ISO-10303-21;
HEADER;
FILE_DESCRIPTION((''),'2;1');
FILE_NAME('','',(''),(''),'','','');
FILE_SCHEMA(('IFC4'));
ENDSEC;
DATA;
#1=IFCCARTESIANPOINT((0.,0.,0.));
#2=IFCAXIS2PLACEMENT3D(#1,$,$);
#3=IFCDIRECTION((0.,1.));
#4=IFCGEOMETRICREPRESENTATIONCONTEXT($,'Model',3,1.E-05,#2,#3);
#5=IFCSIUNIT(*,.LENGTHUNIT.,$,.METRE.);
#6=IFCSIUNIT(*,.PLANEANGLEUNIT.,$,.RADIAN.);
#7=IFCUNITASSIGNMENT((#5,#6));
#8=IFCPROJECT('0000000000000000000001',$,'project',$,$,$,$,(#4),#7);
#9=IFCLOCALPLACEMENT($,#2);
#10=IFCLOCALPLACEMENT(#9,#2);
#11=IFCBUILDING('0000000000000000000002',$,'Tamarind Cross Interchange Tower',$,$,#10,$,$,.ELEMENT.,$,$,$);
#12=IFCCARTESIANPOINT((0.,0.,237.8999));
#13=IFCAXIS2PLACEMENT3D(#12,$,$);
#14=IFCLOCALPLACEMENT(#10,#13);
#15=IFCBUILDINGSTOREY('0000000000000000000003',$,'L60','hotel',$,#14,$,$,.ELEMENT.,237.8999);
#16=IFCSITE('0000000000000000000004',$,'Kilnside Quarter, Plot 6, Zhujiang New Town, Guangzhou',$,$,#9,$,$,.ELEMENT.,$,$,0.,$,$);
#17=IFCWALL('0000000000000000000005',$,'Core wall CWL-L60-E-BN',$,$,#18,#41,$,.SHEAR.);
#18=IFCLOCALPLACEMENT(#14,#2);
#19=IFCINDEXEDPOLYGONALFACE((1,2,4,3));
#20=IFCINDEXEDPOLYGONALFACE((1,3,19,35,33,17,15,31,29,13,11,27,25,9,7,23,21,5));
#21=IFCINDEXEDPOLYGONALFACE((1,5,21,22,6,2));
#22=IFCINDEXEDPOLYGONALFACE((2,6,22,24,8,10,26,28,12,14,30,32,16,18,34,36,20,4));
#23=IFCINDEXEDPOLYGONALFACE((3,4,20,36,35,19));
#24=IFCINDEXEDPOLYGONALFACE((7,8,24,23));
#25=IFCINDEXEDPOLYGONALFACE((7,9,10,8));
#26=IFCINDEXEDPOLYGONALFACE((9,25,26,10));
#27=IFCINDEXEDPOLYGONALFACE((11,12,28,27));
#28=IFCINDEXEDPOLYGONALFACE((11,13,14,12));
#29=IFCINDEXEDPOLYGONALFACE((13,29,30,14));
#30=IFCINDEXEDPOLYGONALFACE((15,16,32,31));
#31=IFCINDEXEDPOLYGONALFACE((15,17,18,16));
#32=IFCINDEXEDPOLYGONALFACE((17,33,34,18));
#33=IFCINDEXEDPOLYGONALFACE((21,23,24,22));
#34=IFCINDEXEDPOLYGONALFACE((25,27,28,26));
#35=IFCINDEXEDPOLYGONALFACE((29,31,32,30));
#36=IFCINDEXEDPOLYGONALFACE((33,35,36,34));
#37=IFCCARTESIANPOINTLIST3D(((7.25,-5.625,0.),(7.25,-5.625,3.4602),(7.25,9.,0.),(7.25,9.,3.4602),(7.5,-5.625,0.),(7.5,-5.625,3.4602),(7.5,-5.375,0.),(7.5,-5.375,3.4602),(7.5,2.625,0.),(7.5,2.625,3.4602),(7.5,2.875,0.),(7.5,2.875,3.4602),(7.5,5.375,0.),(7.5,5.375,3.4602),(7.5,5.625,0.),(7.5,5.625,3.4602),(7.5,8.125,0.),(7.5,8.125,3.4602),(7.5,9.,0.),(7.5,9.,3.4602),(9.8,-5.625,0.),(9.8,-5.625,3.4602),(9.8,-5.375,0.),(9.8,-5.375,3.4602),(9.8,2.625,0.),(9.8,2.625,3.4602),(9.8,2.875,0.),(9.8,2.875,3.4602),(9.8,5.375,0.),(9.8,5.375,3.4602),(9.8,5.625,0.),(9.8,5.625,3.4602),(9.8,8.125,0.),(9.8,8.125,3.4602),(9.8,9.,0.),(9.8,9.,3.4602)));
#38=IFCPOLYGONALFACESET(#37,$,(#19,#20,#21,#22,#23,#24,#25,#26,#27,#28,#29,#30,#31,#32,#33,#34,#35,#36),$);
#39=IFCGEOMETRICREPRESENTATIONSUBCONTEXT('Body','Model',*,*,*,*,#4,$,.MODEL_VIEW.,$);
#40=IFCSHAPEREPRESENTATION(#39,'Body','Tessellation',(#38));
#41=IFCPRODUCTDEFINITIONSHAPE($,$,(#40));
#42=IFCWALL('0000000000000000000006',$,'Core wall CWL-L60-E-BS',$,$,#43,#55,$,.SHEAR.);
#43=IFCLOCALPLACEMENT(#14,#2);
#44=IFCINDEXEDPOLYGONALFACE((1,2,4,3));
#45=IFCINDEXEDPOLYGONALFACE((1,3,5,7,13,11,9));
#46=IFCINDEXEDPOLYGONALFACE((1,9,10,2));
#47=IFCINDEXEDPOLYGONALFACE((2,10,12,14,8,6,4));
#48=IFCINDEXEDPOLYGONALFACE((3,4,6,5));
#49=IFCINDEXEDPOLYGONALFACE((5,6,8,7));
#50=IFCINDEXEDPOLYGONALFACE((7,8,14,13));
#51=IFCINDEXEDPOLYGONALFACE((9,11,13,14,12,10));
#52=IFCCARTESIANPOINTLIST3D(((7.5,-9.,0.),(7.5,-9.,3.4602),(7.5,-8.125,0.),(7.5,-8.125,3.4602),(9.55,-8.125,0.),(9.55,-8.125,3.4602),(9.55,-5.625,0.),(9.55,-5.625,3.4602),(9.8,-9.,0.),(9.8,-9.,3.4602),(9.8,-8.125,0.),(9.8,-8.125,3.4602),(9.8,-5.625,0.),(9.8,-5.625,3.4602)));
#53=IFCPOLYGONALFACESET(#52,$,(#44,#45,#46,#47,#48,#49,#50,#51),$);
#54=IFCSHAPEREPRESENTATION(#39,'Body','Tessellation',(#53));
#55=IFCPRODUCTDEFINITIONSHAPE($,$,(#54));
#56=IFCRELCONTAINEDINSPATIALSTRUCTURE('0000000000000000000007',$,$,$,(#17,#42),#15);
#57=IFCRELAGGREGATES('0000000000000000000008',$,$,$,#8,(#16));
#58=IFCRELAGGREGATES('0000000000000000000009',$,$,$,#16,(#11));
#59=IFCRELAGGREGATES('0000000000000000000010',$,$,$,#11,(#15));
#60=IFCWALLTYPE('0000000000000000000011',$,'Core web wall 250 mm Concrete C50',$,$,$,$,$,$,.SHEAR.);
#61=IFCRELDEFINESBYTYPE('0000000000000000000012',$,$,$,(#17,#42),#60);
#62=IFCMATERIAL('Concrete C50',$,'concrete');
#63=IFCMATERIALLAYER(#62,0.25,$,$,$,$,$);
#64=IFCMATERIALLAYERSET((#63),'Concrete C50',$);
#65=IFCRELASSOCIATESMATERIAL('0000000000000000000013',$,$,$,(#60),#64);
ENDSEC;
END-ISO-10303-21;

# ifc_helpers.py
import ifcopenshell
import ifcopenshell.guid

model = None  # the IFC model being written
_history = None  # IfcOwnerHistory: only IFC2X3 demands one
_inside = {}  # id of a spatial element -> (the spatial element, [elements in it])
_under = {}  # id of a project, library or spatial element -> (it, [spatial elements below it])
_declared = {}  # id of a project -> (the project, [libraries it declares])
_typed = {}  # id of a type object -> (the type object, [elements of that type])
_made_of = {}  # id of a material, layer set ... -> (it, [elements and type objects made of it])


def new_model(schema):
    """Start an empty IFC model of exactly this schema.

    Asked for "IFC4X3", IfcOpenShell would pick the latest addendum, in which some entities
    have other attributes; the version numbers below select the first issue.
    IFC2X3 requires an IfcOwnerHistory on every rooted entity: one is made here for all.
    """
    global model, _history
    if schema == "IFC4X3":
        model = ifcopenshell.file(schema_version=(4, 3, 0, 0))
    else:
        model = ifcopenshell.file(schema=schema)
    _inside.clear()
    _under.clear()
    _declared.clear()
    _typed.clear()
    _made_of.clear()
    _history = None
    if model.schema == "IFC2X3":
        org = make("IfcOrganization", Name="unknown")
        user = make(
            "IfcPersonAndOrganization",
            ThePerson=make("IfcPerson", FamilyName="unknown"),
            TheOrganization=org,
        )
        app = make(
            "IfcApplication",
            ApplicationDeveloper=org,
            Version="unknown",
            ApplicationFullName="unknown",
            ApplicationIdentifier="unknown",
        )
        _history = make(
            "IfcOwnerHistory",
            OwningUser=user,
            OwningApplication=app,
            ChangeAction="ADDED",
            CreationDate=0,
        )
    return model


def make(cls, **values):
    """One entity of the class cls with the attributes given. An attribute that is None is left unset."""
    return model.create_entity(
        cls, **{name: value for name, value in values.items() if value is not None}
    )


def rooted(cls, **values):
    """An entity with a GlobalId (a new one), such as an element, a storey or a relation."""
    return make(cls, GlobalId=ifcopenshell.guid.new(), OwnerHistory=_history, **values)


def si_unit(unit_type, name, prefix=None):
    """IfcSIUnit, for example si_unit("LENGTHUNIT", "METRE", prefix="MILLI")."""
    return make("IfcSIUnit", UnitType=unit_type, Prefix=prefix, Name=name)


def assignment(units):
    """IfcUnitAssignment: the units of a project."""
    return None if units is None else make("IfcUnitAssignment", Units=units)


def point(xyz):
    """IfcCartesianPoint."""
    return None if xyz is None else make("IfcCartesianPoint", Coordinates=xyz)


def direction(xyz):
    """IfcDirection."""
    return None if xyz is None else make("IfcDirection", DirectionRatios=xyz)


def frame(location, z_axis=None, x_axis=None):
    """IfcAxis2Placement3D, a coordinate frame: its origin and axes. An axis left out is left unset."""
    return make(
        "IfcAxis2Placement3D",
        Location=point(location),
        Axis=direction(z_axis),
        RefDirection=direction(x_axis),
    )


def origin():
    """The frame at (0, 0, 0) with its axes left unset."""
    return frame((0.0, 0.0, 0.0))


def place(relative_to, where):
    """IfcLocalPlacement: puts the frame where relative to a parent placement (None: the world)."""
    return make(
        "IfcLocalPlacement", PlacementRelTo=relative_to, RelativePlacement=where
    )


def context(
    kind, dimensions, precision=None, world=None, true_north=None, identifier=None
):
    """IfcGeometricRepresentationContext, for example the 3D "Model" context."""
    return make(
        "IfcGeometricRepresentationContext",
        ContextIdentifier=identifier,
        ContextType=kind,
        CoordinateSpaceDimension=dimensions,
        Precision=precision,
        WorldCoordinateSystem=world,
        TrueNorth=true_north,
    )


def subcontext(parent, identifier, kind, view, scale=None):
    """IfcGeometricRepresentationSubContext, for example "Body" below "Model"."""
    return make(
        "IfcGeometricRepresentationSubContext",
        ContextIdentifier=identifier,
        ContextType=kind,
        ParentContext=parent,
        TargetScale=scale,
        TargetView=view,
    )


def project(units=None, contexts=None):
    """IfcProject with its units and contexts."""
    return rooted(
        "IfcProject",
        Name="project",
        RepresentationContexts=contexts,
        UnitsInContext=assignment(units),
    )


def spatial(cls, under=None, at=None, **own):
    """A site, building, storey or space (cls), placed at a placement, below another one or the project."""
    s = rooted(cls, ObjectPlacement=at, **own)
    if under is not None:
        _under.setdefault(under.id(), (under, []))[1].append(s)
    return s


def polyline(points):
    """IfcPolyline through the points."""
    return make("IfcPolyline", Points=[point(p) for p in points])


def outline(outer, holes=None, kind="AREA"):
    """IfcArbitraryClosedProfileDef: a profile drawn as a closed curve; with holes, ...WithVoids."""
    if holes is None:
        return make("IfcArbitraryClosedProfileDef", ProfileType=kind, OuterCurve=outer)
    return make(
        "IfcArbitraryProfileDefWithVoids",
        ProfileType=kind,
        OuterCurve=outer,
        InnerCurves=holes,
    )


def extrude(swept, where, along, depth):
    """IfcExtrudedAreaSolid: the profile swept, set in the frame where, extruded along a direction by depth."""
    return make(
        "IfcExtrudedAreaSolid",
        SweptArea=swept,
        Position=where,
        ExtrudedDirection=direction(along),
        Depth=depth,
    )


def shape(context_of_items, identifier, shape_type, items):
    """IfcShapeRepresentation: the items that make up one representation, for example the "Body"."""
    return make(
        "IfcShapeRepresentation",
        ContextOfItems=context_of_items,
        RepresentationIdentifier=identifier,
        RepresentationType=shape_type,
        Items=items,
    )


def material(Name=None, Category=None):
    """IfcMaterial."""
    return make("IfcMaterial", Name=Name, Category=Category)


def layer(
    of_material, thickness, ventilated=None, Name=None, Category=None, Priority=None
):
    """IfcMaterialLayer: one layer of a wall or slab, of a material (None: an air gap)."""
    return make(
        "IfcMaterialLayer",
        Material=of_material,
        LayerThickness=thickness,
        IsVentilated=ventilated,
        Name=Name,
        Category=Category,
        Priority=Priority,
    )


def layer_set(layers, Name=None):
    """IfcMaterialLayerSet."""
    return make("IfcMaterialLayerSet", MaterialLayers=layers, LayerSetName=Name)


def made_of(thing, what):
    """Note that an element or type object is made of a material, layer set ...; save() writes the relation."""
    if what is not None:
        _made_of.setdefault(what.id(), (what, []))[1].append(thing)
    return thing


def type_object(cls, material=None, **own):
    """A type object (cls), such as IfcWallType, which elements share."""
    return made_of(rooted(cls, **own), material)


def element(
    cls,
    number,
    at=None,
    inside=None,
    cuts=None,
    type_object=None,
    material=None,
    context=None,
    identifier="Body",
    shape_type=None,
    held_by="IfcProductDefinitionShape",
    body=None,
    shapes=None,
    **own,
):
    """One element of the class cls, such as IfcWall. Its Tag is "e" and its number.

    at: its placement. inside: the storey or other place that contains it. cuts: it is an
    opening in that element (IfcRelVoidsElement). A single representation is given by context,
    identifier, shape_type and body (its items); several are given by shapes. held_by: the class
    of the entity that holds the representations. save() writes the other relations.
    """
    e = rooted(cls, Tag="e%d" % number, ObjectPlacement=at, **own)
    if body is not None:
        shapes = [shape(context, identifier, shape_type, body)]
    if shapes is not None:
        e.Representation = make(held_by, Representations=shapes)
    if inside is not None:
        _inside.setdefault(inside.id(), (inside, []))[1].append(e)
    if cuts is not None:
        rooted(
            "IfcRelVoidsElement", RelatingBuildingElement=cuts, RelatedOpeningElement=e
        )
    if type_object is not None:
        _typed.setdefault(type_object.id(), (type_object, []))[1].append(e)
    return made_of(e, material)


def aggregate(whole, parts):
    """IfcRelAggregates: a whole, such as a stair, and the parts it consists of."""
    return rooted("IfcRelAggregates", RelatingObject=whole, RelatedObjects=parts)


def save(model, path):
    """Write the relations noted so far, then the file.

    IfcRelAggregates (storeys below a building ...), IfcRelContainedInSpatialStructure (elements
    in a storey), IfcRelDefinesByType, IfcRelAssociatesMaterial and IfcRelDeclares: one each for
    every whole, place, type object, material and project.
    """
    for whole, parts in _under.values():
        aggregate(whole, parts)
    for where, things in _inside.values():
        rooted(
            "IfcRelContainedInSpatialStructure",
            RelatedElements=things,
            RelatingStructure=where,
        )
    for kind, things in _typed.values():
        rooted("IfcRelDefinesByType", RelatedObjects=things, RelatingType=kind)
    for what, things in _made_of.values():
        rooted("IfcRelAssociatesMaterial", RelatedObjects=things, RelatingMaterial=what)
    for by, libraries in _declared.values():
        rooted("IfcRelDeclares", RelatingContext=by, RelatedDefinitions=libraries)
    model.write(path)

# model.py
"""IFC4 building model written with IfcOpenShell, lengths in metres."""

from ifc_helpers import new_model, si_unit, direction, frame, origin, place, context, subcontext, project, spatial, polyline, outline, extrude, material, layer, layer_set, type_object, element, save


model = new_model("IFC4")

# Units and contexts
model_context = context("Model", 3, precision=1e-05, world=origin(), true_north=direction((0.0, 1.0)))
body_context = subcontext(model_context, "Body", "Model", "MODEL_VIEW")
ifc_project = project(units=[si_unit("LENGTHUNIT", "METRE"), si_unit("PLANEANGLEUNIT", "RADIAN")], contexts=[model_context])

# Site, building, storey
site_placement = place(None, origin())
site = spatial("IfcSite", under=ifc_project, at=site_placement, Name="Kilnside Quarter, Plot 6, Zhujiang New Town, Guangzhou", CompositionType="ELEMENT", RefElevation=0.0)
building_placement = place(site_placement, origin())
building = spatial("IfcBuilding", under=site, at=building_placement, Name="Tamarind Cross Interchange Tower", CompositionType="ELEMENT")
storey_placement = place(building_placement, frame((0.0, 0.0, 237.8999)))
storey = spatial("IfcBuildingStorey", under=building, at=storey_placement, Name="L60", Description="hotel", CompositionType="ELEMENT", Elevation=237.8999)

# Walls
ifc_material_1 = material(Name="Concrete C50", Category="concrete")
ifc_layer_1 = layer(ifc_material_1, 0.25)
ifc_layer_set_1 = layer_set([ifc_layer_1], Name="Concrete C50")
wall_type_1 = type_object("IfcWallType", Name="Core web wall 250 mm Concrete C50", PredefinedType="SHEAR", material=ifc_layer_set_1)
wall_1_placement = place(storey_placement, origin())
element("IfcWall", 1, at=wall_1_placement, inside=storey, type_object=wall_type_1, Name="Core wall CWL-L60-E-BN", PredefinedType="SHEAR", context=body_context, shape_type="SweptSolid", body=[
    extrude(outline(polyline([(9.8, -5.375), (7.5, -5.375), (7.5, 2.625), (9.8, 2.625), (9.8, 2.875), (7.5, 2.875), (7.5, 5.375), (9.8, 5.375), (9.8, 5.625), (7.5, 5.625), (7.5, 8.125), (9.8, 8.125), (9.8, 9.0), (7.5, 9.0), (7.25, 9.0), (7.25, -5.625), (7.5, -5.625), (9.8, -5.625), (9.8, -5.375)])), origin(), (0.0, 0.0, 1.0), 3.4602),
])
wall_2_placement = place(storey_placement, origin())
element("IfcWall", 2, at=wall_2_placement, inside=storey, type_object=wall_type_1, Name="Core wall CWL-L60-E-BS", PredefinedType="SHEAR", context=body_context, shape_type="SweptSolid", body=[
    extrude(outline(polyline([(7.5, -8.125), (7.5, -9.0), (9.8, -9.0), (9.8, -8.125), (9.8, -5.625), (9.55, -5.625), (9.55, -8.125), (7.5, -8.125)])), origin(), (0.0, 0.0, 1.0), 3.4602),
])

save(model, "model.ifc")
